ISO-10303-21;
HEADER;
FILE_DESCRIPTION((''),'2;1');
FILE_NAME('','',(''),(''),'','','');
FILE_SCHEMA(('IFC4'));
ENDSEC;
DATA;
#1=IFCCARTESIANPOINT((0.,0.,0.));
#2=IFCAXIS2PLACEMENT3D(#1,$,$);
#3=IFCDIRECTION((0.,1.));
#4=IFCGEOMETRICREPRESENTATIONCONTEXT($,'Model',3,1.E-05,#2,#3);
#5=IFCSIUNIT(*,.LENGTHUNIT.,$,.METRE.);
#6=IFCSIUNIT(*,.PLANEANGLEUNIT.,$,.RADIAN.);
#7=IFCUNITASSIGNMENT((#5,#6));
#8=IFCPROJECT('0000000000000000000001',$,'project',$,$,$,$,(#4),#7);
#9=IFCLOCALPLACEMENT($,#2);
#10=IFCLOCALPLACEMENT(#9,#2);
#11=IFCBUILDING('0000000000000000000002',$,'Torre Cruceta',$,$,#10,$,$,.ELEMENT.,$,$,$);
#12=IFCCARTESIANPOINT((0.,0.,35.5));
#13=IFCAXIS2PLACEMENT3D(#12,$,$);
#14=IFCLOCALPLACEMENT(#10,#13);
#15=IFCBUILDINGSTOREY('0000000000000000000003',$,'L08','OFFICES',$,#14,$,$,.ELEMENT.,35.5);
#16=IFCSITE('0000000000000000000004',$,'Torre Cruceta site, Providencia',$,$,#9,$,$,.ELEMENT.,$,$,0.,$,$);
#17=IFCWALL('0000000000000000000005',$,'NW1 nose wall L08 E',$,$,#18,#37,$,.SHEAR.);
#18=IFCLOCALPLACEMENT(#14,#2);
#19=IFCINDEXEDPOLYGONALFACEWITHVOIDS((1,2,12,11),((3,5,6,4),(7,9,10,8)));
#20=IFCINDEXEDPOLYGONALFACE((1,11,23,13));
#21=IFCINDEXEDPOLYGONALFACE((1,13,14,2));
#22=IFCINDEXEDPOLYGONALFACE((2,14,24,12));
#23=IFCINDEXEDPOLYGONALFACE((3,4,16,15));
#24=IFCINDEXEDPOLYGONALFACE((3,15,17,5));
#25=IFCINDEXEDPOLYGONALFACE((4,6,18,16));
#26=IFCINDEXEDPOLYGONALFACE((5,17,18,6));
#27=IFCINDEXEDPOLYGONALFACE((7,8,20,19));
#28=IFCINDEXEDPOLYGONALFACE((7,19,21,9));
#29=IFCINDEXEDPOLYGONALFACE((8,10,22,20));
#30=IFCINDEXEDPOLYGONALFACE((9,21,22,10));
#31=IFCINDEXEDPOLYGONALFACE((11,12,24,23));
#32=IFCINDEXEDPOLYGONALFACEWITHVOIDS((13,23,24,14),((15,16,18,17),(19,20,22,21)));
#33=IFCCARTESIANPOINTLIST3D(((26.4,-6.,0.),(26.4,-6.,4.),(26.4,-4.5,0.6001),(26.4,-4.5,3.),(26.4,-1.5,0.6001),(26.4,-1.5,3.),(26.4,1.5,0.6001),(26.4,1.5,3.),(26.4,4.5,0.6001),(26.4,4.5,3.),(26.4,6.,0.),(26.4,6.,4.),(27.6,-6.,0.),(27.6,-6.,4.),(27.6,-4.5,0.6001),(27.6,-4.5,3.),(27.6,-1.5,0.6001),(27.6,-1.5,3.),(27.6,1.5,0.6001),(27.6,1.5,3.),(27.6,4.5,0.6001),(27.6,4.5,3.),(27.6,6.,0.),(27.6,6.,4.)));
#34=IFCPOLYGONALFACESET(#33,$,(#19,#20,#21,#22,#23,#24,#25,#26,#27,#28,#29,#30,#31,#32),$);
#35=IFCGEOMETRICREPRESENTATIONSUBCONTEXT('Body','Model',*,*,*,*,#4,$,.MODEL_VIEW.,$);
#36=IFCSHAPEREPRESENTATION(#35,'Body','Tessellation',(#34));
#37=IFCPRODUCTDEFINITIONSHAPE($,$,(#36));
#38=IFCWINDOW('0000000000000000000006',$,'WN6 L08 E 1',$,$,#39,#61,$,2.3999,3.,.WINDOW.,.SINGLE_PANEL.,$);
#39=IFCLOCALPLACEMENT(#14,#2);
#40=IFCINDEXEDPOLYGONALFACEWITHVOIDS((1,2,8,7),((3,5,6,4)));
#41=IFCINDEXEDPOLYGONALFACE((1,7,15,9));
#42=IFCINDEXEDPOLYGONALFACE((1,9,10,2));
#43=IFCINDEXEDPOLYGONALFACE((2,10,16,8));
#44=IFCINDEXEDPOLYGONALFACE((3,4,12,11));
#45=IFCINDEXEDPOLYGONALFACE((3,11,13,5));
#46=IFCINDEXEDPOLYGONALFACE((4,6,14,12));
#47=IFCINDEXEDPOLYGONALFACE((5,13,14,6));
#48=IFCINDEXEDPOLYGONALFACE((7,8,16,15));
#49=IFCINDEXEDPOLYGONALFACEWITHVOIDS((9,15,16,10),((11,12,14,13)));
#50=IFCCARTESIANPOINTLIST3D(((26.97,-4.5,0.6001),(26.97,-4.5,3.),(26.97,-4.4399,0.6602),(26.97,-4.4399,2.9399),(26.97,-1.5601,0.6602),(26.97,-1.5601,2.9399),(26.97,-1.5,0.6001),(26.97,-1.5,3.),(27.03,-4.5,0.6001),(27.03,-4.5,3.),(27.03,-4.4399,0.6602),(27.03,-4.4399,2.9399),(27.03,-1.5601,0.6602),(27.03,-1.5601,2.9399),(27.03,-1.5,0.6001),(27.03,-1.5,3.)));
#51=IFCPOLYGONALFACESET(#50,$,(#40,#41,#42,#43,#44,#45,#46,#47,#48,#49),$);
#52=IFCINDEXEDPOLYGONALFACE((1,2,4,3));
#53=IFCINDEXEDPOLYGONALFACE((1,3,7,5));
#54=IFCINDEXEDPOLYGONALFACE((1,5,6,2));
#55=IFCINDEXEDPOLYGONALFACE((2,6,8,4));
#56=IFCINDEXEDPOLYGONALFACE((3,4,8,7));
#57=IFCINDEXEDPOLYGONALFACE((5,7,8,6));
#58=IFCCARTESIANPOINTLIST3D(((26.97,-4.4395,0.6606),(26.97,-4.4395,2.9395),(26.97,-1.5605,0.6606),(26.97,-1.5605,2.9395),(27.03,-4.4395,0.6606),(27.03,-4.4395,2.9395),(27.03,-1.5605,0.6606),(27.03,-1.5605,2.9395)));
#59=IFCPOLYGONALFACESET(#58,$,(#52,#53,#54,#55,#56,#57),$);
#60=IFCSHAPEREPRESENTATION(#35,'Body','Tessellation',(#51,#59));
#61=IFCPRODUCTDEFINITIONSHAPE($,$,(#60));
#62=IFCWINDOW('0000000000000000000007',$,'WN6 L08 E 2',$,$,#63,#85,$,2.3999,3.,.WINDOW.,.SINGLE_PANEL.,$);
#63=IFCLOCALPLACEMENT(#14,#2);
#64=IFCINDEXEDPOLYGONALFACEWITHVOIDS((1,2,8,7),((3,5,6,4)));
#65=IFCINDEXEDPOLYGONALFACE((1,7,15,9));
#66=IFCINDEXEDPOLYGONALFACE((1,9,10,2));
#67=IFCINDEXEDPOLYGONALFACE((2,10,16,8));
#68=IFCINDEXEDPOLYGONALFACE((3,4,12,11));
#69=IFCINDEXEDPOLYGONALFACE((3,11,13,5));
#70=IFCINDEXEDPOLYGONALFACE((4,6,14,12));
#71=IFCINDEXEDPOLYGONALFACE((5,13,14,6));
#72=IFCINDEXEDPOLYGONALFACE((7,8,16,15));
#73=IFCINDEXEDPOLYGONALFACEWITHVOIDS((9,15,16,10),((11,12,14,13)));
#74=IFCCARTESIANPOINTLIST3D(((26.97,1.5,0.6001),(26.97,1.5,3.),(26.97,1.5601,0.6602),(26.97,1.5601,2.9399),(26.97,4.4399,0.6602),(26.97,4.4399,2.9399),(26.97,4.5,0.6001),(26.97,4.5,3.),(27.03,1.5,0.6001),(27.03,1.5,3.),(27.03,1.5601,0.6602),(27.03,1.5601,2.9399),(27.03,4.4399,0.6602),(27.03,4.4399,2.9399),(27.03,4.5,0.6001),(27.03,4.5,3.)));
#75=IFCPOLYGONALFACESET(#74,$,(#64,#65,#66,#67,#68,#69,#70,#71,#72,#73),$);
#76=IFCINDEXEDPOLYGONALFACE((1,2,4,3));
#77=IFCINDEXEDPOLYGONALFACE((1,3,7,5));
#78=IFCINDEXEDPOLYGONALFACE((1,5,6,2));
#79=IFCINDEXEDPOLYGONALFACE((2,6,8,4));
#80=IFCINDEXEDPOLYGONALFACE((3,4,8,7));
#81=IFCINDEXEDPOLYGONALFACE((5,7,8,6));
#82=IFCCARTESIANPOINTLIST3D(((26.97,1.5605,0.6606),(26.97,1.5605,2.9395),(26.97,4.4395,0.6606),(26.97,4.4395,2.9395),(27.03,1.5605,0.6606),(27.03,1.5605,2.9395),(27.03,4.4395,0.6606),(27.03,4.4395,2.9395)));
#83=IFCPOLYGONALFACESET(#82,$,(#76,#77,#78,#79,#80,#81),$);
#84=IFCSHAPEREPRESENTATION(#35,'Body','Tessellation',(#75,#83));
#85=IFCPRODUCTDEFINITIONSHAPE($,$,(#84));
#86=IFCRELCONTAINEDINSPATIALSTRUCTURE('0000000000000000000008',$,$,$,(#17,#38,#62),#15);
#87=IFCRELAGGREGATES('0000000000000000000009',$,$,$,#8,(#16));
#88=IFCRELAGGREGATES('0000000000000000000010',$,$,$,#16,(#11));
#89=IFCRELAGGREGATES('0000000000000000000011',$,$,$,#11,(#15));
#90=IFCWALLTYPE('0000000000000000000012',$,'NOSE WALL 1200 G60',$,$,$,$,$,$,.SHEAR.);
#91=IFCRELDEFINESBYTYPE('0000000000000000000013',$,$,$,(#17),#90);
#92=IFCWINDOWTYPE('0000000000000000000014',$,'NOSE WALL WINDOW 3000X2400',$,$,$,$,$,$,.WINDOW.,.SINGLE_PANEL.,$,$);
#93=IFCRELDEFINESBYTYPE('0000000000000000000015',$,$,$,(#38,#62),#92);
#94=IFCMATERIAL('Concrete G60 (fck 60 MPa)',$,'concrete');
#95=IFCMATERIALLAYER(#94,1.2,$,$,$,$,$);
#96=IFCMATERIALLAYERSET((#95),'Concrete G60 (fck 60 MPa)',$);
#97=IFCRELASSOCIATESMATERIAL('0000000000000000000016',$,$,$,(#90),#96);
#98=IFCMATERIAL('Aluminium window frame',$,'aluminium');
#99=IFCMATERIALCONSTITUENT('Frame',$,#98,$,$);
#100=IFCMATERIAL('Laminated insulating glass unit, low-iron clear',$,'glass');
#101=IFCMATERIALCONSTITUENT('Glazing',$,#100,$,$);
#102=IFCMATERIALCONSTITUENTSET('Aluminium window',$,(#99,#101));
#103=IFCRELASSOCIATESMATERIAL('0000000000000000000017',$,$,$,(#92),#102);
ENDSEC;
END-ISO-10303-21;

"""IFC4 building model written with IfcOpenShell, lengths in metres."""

from ifc_helpers import new_model, si_unit, direction, frame, frame_2d, origin, place, context, subcontext, project, spatial, rectangle, hollow_rectangle, extrude, material, layer, layer_set, constituent, constituent_set, type_object, element, fill, save


model = new_model("IFC4")

# Units and contexts
model_context = context("Model", 3, precision=1e-05, world=origin(), true_north=direction((0.0, 1.0)))
body_context = subcontext(model_context, "Body", "Model", "MODEL_VIEW")
ifc_project = project(units=[si_unit("LENGTHUNIT", "METRE"), si_unit("PLANEANGLEUNIT", "RADIAN")], contexts=[model_context])

# Site, building, storey
site_placement = place(None, origin())
site = spatial("IfcSite", under=ifc_project, at=site_placement, Name="Torre Cruceta site, Providencia", CompositionType="ELEMENT", RefElevation=0.0)
building_placement = place(site_placement, origin())
building = spatial("IfcBuilding", under=site, at=building_placement, Name="Torre Cruceta", CompositionType="ELEMENT")
storey_placement = place(building_placement, frame((0.0, 0.0, 35.5)))
storey = spatial("IfcBuildingStorey", under=building, at=storey_placement, Name="L08", Description="OFFICES", CompositionType="ELEMENT", Elevation=35.5)

# Wall, openings, windows
ifc_material_1 = material(Name="Concrete G60 (fck 60 MPa)", Category="concrete")
ifc_layer = layer(ifc_material_1, 1.2)
ifc_layer_set = layer_set([ifc_layer], Name="Concrete G60 (fck 60 MPa)")
wall_type = type_object("IfcWallType", Name="NOSE WALL 1200 G60", PredefinedType="SHEAR", material=ifc_layer_set)
wall_placement = place(storey_placement, frame((27.0, -6.0, 0.0), z_axis=(0.0, 0.0, 1.0), x_axis=(0.0, 1.0, 0.0)))
wall = element("IfcWall", 1, at=wall_placement, inside=storey, type_object=wall_type, Name="NW1 nose wall L08 E", PredefinedType="SHEAR", context=body_context, shape_type="SweptSolid", body=[
    extrude(rectangle(XDim=12.0, YDim=1.2, at=frame_2d((6.0, 0.0))), origin(), (0.0, 0.0, 1.0), 4.0),
])
opening_1_placement = place(wall_placement, frame((1.5, 0.0, 0.6001)))
opening_1 = element("IfcOpeningElement", 2, at=opening_1_placement, cuts=wall, PredefinedType="OPENING", context=body_context, shape_type="SweptSolid", body=[
    extrude(rectangle(XDim=3.0, YDim=2.3999, at=frame_2d((1.5, 1.2))), frame((0.0, 0.6099, 0.0), z_axis=(0.0, -1.0, 0.0), x_axis=(1.0, 0.0, 0.0)), (0.0, 0.0, 1.0), 1.22),
])
opening_2_placement = place(wall_placement, frame((7.5, 0.0, 0.6001)))
opening_2 = element("IfcOpeningElement", 3, at=opening_2_placement, cuts=wall, PredefinedType="OPENING", context=body_context, shape_type="SweptSolid", body=[
    extrude(rectangle(XDim=3.0, YDim=2.3999, at=frame_2d((1.5, 1.2))), frame((0.0, 0.6099, 0.0), z_axis=(0.0, -1.0, 0.0), x_axis=(1.0, 0.0, 0.0)), (0.0, 0.0, 1.0), 1.22),
])
ifc_material_2 = material(Name="Aluminium window frame", Category="aluminium")
ifc_constituent_1 = constituent(ifc_material_2, Name="Frame")
ifc_material_3 = material(Name="Laminated insulating glass unit, low-iron clear", Category="glass")
ifc_constituent_2 = constituent(ifc_material_3, Name="Glazing")
ifc_constituent_set = constituent_set(constituents=[ifc_constituent_1, ifc_constituent_2], Name="Aluminium window")
window_type = type_object("IfcWindowType", Name="NOSE WALL WINDOW 3000X2400", PartitioningType="SINGLE_PANEL", PredefinedType="WINDOW", material=ifc_constituent_set)
window_1_placement = place(opening_1_placement, origin())
window_1 = element("IfcWindow", 4, at=window_1_placement, inside=storey, type_object=window_type, Name="WN6 L08 E 1", OverallHeight=2.3999, OverallWidth=3.0, PartitioningType="SINGLE_PANEL", PredefinedType="WINDOW", context=body_context, shape_type="SweptSolid", body=[
    extrude(hollow_rectangle(XDim=3.0, YDim=2.3999, WallThickness=0.0601, at=frame_2d((1.5, 1.2))), frame((0.0, 0.03, 0.0), z_axis=(0.0, -1.0, 0.0), x_axis=(1.0, 0.0, 0.0)), (0.0, 0.0, 1.0), 0.0601),
    extrude(rectangle(XDim=2.8789, YDim=2.2788, at=frame_2d((1.5, 1.2))), frame((0.0, 0.03, 0.0), z_axis=(0.0, -1.0, 0.0), x_axis=(1.0, 0.0, 0.0)), (0.0, 0.0, 1.0), 0.0601),
])
fill(opening_1, window_1)
window_2_placement = place(opening_2_placement, origin())
window_2 = element("IfcWindow", 5, at=window_2_placement, inside=storey, type_object=window_type, Name="WN6 L08 E 2", OverallHeight=2.3999, OverallWidth=3.0, PartitioningType="SINGLE_PANEL", PredefinedType="WINDOW", context=body_context, shape_type="SweptSolid", body=[
    extrude(hollow_rectangle(XDim=3.0, YDim=2.3999, WallThickness=0.0601, at=frame_2d((1.5, 1.2))), frame((0.0, 0.03, 0.0), z_axis=(0.0, -1.0, 0.0), x_axis=(1.0, 0.0, 0.0)), (0.0, 0.0, 1.0), 0.0601),
    extrude(rectangle(XDim=2.8789, YDim=2.2788, at=frame_2d((1.5, 1.2))), frame((0.0, 0.03, 0.0), z_axis=(0.0, -1.0, 0.0), x_axis=(1.0, 0.0, 0.0)), (0.0, 0.0, 1.0), 0.0601),
])
fill(opening_2, window_2)

save(model, "model.ifc")
